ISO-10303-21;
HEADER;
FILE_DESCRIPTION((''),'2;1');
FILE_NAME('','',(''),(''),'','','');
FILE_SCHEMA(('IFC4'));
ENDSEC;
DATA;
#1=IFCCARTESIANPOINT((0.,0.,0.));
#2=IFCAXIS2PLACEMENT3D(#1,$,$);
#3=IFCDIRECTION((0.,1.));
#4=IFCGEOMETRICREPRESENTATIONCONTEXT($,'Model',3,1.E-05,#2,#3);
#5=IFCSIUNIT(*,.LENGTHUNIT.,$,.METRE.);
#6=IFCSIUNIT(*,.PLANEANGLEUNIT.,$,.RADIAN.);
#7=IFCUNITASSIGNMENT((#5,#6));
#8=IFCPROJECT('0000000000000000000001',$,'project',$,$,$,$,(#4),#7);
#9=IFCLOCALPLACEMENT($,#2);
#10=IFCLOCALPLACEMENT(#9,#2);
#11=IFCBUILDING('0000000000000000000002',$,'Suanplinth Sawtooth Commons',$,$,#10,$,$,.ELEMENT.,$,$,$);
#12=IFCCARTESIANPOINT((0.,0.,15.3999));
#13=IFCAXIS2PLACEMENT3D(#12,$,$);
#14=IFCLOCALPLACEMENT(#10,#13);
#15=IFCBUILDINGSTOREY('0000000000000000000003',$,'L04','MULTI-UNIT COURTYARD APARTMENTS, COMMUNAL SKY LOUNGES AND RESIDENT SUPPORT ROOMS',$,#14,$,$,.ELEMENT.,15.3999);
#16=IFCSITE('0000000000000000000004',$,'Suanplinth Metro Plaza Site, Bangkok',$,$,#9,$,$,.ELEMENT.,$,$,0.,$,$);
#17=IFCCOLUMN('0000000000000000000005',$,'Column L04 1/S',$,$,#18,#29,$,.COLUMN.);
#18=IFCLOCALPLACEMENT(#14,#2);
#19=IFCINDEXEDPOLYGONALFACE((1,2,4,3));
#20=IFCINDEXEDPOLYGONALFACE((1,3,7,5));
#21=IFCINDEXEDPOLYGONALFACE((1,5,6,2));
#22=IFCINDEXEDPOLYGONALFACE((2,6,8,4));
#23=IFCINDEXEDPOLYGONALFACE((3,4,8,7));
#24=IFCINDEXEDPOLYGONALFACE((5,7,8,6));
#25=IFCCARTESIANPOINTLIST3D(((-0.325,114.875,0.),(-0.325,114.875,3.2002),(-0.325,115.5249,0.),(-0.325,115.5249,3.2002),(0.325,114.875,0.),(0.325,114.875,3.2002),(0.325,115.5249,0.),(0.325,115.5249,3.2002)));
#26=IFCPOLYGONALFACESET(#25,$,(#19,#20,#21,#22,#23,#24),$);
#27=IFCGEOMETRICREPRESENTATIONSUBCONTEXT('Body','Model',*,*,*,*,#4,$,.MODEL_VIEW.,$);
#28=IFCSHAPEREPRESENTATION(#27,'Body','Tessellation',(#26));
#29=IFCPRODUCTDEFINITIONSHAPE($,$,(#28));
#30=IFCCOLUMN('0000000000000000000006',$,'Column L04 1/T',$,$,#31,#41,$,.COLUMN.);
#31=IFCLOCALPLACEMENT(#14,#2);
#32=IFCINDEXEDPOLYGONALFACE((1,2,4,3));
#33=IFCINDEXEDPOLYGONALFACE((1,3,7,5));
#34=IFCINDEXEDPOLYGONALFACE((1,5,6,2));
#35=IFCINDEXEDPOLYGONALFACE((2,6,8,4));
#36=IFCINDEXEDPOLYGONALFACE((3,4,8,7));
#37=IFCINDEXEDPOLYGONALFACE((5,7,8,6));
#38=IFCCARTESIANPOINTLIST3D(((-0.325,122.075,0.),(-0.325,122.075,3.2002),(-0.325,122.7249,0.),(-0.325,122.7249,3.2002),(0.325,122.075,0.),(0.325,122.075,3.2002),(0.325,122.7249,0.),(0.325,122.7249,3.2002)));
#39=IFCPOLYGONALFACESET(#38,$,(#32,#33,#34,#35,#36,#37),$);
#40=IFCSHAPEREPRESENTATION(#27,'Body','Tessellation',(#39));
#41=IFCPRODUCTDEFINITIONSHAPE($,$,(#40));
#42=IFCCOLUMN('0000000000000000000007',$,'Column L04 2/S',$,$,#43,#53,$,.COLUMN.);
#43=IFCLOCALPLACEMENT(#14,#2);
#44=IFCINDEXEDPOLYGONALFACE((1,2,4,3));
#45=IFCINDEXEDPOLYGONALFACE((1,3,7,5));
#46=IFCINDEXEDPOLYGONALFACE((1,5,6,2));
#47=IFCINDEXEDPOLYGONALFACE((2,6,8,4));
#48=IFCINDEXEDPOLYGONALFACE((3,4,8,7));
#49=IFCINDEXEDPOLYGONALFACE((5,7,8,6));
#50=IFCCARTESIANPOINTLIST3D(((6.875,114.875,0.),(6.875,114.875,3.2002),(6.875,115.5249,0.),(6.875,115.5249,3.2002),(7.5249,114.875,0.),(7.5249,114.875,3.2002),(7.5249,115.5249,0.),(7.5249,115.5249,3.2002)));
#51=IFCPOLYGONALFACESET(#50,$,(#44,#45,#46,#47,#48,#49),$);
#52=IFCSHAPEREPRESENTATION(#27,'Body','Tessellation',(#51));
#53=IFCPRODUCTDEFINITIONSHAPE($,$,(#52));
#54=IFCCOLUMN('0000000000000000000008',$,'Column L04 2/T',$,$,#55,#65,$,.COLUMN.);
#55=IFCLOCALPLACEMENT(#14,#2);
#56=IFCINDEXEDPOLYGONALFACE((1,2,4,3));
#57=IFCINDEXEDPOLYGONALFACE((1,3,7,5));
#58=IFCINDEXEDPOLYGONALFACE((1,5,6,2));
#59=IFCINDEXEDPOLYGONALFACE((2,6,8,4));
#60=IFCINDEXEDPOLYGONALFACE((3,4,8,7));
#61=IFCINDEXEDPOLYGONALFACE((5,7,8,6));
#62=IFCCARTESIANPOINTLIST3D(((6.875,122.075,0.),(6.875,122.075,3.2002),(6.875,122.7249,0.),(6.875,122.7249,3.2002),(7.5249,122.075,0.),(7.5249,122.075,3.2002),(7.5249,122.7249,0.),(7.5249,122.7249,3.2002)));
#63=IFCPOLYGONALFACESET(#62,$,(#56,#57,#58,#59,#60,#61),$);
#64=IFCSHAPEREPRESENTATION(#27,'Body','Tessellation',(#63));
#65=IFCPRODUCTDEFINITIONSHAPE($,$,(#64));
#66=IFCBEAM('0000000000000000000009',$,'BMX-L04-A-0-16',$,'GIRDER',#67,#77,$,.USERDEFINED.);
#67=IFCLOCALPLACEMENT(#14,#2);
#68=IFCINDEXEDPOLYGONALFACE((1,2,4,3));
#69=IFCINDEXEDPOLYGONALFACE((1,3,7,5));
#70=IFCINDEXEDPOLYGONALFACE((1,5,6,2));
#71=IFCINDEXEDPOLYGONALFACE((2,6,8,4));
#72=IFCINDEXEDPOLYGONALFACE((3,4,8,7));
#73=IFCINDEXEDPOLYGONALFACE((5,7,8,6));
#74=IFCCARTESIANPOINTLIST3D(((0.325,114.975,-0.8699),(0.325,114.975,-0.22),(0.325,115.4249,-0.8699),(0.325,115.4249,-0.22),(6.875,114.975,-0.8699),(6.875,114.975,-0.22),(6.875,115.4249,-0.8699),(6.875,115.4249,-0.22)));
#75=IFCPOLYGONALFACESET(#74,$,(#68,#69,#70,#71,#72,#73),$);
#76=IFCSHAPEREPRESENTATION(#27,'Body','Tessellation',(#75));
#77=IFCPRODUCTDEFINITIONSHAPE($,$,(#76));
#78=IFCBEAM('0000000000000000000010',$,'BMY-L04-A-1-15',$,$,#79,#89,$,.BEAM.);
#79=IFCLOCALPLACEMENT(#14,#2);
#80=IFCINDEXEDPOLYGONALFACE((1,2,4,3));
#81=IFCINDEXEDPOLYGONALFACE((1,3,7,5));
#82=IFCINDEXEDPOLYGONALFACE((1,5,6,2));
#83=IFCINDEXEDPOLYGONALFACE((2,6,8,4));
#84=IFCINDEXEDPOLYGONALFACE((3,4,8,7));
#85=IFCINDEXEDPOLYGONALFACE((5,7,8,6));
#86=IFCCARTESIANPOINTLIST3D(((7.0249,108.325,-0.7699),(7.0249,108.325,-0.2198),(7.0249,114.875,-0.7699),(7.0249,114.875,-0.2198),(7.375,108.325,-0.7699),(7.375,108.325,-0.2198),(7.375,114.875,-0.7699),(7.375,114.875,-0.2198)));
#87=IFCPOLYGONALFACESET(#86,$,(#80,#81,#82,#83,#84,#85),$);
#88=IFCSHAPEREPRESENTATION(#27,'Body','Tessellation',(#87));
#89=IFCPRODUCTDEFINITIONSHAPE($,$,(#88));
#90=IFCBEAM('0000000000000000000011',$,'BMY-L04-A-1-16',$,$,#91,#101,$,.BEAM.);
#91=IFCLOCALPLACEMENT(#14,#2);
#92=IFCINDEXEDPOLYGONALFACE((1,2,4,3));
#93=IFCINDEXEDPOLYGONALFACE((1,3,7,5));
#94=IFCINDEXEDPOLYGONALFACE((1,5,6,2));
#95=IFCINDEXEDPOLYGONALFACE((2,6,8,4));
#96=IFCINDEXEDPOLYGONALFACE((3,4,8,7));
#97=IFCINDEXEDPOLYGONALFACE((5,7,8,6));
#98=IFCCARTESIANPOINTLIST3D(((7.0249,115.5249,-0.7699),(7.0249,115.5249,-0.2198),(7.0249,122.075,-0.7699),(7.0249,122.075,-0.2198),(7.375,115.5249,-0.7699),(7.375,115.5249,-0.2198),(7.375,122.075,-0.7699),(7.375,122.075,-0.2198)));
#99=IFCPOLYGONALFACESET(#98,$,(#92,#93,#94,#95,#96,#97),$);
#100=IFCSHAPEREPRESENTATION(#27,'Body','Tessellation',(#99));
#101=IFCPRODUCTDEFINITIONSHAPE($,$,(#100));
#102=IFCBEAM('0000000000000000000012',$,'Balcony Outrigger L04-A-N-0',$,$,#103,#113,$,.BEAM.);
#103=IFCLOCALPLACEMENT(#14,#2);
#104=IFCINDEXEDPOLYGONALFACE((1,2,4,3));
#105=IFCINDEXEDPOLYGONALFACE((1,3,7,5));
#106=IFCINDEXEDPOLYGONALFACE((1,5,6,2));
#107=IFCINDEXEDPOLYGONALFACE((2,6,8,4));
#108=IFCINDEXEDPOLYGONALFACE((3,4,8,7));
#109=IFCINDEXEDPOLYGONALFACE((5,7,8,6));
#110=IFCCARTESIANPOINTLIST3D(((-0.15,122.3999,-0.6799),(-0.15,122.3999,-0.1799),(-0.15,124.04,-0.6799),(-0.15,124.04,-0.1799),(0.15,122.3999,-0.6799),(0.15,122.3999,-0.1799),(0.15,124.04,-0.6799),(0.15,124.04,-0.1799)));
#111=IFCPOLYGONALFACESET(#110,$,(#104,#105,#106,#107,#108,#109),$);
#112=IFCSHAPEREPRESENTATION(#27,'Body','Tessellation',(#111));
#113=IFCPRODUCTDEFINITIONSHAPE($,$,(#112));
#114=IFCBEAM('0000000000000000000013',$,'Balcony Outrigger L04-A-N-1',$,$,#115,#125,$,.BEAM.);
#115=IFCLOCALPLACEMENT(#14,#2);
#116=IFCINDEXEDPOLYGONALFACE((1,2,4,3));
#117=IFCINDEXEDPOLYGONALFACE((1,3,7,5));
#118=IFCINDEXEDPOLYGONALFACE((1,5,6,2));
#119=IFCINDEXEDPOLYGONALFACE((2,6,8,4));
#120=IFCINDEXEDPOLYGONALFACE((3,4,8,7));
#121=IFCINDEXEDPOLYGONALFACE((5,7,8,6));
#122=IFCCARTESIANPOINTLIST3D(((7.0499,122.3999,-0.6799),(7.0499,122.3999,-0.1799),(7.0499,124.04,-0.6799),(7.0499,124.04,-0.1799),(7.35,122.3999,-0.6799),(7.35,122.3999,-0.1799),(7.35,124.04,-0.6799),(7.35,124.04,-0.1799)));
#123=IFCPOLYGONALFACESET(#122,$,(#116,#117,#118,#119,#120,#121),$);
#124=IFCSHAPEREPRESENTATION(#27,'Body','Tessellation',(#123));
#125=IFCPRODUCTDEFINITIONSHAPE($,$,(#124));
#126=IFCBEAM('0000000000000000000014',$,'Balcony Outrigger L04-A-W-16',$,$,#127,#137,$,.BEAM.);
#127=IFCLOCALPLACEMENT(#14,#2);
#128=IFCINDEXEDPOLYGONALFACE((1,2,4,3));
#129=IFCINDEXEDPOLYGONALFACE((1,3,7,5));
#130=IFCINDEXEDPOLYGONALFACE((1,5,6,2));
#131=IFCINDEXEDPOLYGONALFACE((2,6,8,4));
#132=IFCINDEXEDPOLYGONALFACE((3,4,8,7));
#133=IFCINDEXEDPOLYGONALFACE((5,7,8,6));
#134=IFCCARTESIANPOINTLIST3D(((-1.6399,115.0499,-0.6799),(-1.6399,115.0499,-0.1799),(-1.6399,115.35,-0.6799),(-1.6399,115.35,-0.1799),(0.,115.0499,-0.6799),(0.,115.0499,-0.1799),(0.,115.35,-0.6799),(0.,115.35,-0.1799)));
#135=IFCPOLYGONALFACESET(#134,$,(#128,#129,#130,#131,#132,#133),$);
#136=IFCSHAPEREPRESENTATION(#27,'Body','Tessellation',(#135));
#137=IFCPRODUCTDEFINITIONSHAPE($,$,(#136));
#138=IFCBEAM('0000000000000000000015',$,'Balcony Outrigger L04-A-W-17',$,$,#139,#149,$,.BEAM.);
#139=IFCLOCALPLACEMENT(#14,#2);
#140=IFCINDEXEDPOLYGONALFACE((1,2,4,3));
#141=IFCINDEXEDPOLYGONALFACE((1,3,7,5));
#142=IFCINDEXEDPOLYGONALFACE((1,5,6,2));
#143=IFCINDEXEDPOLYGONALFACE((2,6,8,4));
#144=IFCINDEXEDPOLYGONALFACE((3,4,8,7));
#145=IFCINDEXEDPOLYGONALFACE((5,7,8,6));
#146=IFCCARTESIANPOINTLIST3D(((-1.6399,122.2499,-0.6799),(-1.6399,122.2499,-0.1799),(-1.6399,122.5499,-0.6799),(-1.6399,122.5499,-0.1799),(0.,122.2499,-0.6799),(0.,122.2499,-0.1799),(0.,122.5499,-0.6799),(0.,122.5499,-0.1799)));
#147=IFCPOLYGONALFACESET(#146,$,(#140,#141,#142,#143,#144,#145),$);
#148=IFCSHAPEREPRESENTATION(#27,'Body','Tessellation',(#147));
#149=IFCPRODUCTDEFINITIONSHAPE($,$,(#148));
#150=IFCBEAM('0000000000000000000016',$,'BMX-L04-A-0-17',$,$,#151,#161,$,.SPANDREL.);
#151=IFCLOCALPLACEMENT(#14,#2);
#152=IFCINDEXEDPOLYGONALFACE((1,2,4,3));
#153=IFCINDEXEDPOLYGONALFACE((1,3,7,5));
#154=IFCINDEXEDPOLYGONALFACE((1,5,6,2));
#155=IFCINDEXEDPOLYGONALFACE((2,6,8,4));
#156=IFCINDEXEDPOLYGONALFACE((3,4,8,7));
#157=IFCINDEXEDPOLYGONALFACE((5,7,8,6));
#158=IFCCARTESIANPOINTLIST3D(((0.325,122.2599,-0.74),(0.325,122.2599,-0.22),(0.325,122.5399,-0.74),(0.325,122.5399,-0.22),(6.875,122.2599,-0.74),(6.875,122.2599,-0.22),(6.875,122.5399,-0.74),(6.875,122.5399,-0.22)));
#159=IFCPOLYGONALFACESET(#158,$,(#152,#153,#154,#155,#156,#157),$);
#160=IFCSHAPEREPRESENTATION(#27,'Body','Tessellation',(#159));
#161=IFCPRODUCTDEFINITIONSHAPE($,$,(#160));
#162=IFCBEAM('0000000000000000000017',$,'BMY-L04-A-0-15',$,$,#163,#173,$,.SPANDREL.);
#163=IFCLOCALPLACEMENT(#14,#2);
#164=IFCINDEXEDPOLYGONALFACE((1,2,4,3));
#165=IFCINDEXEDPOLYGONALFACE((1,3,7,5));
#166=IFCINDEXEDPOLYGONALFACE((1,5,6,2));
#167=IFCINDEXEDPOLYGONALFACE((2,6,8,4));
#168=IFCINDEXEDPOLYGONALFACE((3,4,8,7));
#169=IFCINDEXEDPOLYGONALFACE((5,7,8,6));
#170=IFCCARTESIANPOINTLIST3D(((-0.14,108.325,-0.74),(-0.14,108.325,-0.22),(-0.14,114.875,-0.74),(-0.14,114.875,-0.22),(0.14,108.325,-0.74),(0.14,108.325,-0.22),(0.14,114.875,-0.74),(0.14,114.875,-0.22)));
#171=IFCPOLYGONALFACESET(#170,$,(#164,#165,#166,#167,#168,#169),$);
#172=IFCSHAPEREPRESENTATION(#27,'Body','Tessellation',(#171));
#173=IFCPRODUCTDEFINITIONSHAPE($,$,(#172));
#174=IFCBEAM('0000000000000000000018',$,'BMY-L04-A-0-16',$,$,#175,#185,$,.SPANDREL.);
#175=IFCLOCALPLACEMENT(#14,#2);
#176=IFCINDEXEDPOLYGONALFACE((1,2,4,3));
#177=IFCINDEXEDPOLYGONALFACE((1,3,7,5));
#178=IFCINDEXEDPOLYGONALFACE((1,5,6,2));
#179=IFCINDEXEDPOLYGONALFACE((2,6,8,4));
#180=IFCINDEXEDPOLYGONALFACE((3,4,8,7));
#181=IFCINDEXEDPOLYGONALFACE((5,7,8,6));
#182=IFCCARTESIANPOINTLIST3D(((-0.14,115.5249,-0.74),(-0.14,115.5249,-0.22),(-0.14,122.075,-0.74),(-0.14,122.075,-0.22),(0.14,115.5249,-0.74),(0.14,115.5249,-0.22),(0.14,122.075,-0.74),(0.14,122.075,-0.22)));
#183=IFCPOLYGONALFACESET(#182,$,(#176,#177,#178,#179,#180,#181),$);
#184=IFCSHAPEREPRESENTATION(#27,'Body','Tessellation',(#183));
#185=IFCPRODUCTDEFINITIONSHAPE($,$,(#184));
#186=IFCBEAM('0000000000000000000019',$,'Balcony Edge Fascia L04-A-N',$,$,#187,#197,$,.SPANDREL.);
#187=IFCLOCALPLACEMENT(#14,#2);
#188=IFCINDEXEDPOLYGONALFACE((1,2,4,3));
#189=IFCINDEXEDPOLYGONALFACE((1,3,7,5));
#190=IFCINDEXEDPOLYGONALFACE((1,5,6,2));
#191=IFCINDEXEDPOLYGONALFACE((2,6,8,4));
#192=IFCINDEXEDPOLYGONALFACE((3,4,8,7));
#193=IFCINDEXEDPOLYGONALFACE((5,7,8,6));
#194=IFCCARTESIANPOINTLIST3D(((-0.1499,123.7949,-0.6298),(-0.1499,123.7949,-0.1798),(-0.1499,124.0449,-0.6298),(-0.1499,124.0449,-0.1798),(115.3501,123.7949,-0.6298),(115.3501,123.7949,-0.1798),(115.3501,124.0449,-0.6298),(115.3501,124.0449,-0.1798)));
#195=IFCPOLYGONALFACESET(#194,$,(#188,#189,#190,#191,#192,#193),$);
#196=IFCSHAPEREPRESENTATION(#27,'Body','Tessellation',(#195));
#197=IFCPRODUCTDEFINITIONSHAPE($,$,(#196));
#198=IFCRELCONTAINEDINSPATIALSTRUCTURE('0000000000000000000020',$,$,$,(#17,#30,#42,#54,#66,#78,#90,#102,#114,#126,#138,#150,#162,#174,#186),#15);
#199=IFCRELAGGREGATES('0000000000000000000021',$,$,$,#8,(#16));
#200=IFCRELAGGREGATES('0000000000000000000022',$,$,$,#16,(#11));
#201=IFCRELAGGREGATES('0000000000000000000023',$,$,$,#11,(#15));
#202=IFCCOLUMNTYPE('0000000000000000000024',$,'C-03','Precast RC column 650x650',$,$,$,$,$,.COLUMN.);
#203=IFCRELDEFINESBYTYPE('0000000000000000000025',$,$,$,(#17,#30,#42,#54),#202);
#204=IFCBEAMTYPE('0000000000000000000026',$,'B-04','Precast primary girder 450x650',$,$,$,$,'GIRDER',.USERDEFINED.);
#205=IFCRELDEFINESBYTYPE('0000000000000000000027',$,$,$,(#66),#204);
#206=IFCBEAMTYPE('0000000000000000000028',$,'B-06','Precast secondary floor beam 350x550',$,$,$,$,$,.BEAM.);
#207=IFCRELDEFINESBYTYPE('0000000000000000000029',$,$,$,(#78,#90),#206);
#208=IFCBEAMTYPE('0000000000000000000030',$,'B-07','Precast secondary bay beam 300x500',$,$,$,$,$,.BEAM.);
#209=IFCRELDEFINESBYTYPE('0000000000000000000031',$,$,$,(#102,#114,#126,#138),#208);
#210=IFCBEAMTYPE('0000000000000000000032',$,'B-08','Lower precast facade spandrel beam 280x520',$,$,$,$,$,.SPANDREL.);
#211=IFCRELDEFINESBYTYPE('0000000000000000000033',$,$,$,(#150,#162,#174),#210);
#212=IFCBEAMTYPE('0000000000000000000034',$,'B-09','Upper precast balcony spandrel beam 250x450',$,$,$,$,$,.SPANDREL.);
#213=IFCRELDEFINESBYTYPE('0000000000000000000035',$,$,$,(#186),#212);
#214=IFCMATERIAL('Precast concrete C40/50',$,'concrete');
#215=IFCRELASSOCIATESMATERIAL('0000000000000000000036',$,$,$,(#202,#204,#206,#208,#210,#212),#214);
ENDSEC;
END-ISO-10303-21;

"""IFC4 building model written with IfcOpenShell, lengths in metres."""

from ifc_helpers import new_model, si_unit, direction, frame, origin, origin_2d, place, context, subcontext, project, spatial, rectangle, extrude, material, material_profile, profile_set, type_object, element, save


model = new_model("IFC4")

# Units and contexts
model_context = context("Model", 3, precision=1e-05, world=origin(), true_north=direction((0.0, 1.0)))
body_context = subcontext(model_context, "Body", "Model", "MODEL_VIEW")
ifc_project = project(units=[si_unit("LENGTHUNIT", "METRE"), si_unit("PLANEANGLEUNIT", "RADIAN")], contexts=[model_context])

# Site, building, storey
site_placement = place(None, origin())
site = spatial("IfcSite", under=ifc_project, at=site_placement, Name="Suanplinth Metro Plaza Site, Bangkok", CompositionType="ELEMENT", RefElevation=0.0)
building_placement = place(site_placement, origin())
building = spatial("IfcBuilding", under=site, at=building_placement, Name="Suanplinth Sawtooth Commons", CompositionType="ELEMENT")
storey_placement = place(building_placement, frame((0.0, 0.0, 15.3999)))
storey = spatial("IfcBuildingStorey", under=building, at=storey_placement, Name="L04", Description="MULTI-UNIT COURTYARD APARTMENTS, COMMUNAL SKY LOUNGES AND RESIDENT SUPPORT ROOMS", CompositionType="ELEMENT", Elevation=15.3999)

# Columns
ifc_material_1 = material(Name="Precast concrete C40/50", Category="concrete")
ifc_material_profile_1 = material_profile(ifc_material_1, rectangle(XDim=0.6499, YDim=0.6499, at=origin_2d()), Name="PC-COL 650x650")
ifc_profile_set_1 = profile_set([ifc_material_profile_1], Name="Precast concrete C40/50")
column_type = type_object("IfcColumnType", Name="C-03", Description="Precast RC column 650x650", PredefinedType="COLUMN", material=ifc_profile_set_1)
for number, where, z_axis, x_axis, name in (
    (1, (0.0, 115.2, 0.0), (0.0, 0.0, 1.0), (1.0, 0.0, 0.0), "Column L04 1/S"),
    (2, (0.0, 122.3999, 0.0), (0.0, 0.0, 1.0), (1.0, 0.0, 0.0), "Column L04 1/T"),
    (3, (7.2, 115.2, 0.0), (0.0, 0.0, 1.0), (1.0, 0.0, 0.0), "Column L04 2/S"),
    (4, (7.2, 122.3999, 0.0), (0.0, 0.0, 1.0), (1.0, 0.0, 0.0), "Column L04 2/T"),
):
    element("IfcColumn", number, at=place(storey_placement, frame(where, z_axis=z_axis, x_axis=x_axis)), inside=storey, type_object=column_type, Name=name, PredefinedType="COLUMN", context=body_context, shape_type="SweptSolid", body=[
        extrude(rectangle(XDim=0.6499, YDim=0.6499, at=origin_2d()), origin(), (0.0, 0.0, 1.0), 3.2002),
    ])

# Beams
ifc_material_profile_2 = material_profile(ifc_material_1, rectangle(XDim=0.45, YDim=0.6499, at=origin_2d()), Name="PC-GDR 450x650")
ifc_profile_set_2 = profile_set([ifc_material_profile_2], Name="Precast concrete C40/50")
beam_type_1 = type_object("IfcBeamType", Name="B-04", Description="Precast primary girder 450x650", ElementType="GIRDER", PredefinedType="USERDEFINED", material=ifc_profile_set_2)
beam_1_placement = place(storey_placement, frame((0.325, 115.2, -0.5449), z_axis=(1.0, 0.0, 0.0), x_axis=(0.0, 1.0, 0.0)))
element("IfcBeam", 5, at=beam_1_placement, inside=storey, type_object=beam_type_1, Name="BMX-L04-A-0-16", ObjectType="GIRDER", PredefinedType="USERDEFINED", context=body_context, shape_type="SweptSolid", body=[
    extrude(rectangle(XDim=0.45, YDim=0.6499, at=origin_2d()), origin(), (0.0, 0.0, 1.0), 6.55),
])
ifc_material_profile_3 = material_profile(ifc_material_1, rectangle(XDim=0.3501, YDim=0.55, at=origin_2d()), Name="PC-BM 350x550")
ifc_profile_set_3 = profile_set([ifc_material_profile_3], Name="Precast concrete C40/50")
beam_type_2 = type_object("IfcBeamType", Name="B-06", Description="Precast secondary floor beam 350x550", PredefinedType="BEAM", material=ifc_profile_set_3)
for number, where, z_axis, x_axis, name in (
    (6, (7.2, 108.325, -0.4949), (0.0, 1.0, 0.0), (-1.0, 0.0, 0.0), "BMY-L04-A-1-15"),
    (7, (7.2, 115.5249, -0.4949), (0.0, 1.0, 0.0), (-1.0, 0.0, 0.0), "BMY-L04-A-1-16"),
):
    element("IfcBeam", number, at=place(storey_placement, frame(where, z_axis=z_axis, x_axis=x_axis)), inside=storey, type_object=beam_type_2, Name=name, PredefinedType="BEAM", context=body_context, shape_type="SweptSolid", body=[
        extrude(rectangle(XDim=0.3501, YDim=0.55, at=origin_2d()), origin(), (0.0, 0.0, 1.0), 6.55),
    ])
ifc_material_profile_4 = material_profile(ifc_material_1, rectangle(XDim=0.3, YDim=0.5, at=origin_2d()), Name="PC-BM 300x500")
ifc_profile_set_4 = profile_set([ifc_material_profile_4], Name="Precast concrete C40/50")
beam_type_3 = type_object("IfcBeamType", Name="B-07", Description="Precast secondary bay beam 300x500", PredefinedType="BEAM", material=ifc_profile_set_4)
for number, where, z_axis, x_axis, name in (
    (8, (0.0, 122.3999, -0.4299), (0.0, 1.0, 0.0), (-1.0, 0.0, 0.0), "Balcony Outrigger L04-A-N-0"),
    (9, (7.2, 122.3999, -0.4299), (0.0, 1.0, 0.0), (-1.0, 0.0, 0.0), "Balcony Outrigger L04-A-N-1"),
):
    element("IfcBeam", number, at=place(storey_placement, frame(where, z_axis=z_axis, x_axis=x_axis)), inside=storey, type_object=beam_type_3, Name=name, PredefinedType="BEAM", context=body_context, shape_type="SweptSolid", body=[
        extrude(rectangle(XDim=0.3, YDim=0.5, at=origin_2d()), origin(), (0.0, 0.0, 1.0), 1.6401),
    ])
for number, where, z_axis, x_axis, name in (
    (10, (0.0, 115.2, -0.4299), (-1.0, 0.0, 0.0), (0.0, -1.0, 0.0), "Balcony Outrigger L04-A-W-16"),
    (11, (0.0, 122.3999, -0.4299), (-1.0, 0.0, 0.0), (0.0, -1.0, 0.0), "Balcony Outrigger L04-A-W-17"),
):
    element("IfcBeam", number, at=place(storey_placement, frame(where, z_axis=z_axis, x_axis=x_axis)), inside=storey, type_object=beam_type_3, Name=name, PredefinedType="BEAM", context=body_context, shape_type="SweptSolid", body=[
        extrude(rectangle(XDim=0.3, YDim=0.5, at=origin_2d()), origin(), (0.0, 0.0, 1.0), 1.6399),
    ])
ifc_material_profile_5 = material_profile(ifc_material_1, rectangle(XDim=0.28, YDim=0.52, at=origin_2d()), Name="PC-SP 280x520")
ifc_profile_set_5 = profile_set([ifc_material_profile_5], Name="Precast concrete C40/50")
beam_type_4 = type_object("IfcBeamType", Name="B-08", Description="Lower precast facade spandrel beam 280x520", PredefinedType="SPANDREL", material=ifc_profile_set_5)
for number, where, z_axis, x_axis, name in (
    (12, (0.325, 122.3999, -0.48), (1.0, 0.0, 0.0), (0.0, 1.0, 0.0), "BMX-L04-A-0-17"),
    (13, (0.0, 108.325, -0.48), (0.0, 1.0, 0.0), (-1.0, 0.0, 0.0), "BMY-L04-A-0-15"),
    (14, (0.0, 115.5249, -0.48), (0.0, 1.0, 0.0), (-1.0, 0.0, 0.0), "BMY-L04-A-0-16"),
):
    element("IfcBeam", number, at=place(storey_placement, frame(where, z_axis=z_axis, x_axis=x_axis)), inside=storey, type_object=beam_type_4, Name=name, PredefinedType="SPANDREL", context=body_context, shape_type="SweptSolid", body=[
        extrude(rectangle(XDim=0.28, YDim=0.52, at=origin_2d()), origin(), (0.0, 0.0, 1.0), 6.55),
    ])
ifc_material_profile_6 = material_profile(ifc_material_1, rectangle(XDim=0.25, YDim=0.45, at=origin_2d()), Name="PC-SP 250x450")
ifc_profile_set_6 = profile_set([ifc_material_profile_6], Name="Precast concrete C40/50")
beam_type_5 = type_object("IfcBeamType", Name="B-09", Description="Upper precast balcony spandrel beam 250x450", PredefinedType="SPANDREL", material=ifc_profile_set_6)
beam_2_placement = place(storey_placement, frame((-0.1499, 123.9199, -0.4048), z_axis=(1.0, 0.0, 0.0), x_axis=(0.0, 1.0, 0.0)))
element("IfcBeam", 15, at=beam_2_placement, inside=storey, type_object=beam_type_5, Name="Balcony Edge Fascia L04-A-N", PredefinedType="SPANDREL", context=body_context, shape_type="SweptSolid", body=[
    extrude(rectangle(XDim=0.25, YDim=0.45, at=origin_2d()), origin(), (0.0, 0.0, 1.0), 115.5),
])

save(model, "model.ifc")
